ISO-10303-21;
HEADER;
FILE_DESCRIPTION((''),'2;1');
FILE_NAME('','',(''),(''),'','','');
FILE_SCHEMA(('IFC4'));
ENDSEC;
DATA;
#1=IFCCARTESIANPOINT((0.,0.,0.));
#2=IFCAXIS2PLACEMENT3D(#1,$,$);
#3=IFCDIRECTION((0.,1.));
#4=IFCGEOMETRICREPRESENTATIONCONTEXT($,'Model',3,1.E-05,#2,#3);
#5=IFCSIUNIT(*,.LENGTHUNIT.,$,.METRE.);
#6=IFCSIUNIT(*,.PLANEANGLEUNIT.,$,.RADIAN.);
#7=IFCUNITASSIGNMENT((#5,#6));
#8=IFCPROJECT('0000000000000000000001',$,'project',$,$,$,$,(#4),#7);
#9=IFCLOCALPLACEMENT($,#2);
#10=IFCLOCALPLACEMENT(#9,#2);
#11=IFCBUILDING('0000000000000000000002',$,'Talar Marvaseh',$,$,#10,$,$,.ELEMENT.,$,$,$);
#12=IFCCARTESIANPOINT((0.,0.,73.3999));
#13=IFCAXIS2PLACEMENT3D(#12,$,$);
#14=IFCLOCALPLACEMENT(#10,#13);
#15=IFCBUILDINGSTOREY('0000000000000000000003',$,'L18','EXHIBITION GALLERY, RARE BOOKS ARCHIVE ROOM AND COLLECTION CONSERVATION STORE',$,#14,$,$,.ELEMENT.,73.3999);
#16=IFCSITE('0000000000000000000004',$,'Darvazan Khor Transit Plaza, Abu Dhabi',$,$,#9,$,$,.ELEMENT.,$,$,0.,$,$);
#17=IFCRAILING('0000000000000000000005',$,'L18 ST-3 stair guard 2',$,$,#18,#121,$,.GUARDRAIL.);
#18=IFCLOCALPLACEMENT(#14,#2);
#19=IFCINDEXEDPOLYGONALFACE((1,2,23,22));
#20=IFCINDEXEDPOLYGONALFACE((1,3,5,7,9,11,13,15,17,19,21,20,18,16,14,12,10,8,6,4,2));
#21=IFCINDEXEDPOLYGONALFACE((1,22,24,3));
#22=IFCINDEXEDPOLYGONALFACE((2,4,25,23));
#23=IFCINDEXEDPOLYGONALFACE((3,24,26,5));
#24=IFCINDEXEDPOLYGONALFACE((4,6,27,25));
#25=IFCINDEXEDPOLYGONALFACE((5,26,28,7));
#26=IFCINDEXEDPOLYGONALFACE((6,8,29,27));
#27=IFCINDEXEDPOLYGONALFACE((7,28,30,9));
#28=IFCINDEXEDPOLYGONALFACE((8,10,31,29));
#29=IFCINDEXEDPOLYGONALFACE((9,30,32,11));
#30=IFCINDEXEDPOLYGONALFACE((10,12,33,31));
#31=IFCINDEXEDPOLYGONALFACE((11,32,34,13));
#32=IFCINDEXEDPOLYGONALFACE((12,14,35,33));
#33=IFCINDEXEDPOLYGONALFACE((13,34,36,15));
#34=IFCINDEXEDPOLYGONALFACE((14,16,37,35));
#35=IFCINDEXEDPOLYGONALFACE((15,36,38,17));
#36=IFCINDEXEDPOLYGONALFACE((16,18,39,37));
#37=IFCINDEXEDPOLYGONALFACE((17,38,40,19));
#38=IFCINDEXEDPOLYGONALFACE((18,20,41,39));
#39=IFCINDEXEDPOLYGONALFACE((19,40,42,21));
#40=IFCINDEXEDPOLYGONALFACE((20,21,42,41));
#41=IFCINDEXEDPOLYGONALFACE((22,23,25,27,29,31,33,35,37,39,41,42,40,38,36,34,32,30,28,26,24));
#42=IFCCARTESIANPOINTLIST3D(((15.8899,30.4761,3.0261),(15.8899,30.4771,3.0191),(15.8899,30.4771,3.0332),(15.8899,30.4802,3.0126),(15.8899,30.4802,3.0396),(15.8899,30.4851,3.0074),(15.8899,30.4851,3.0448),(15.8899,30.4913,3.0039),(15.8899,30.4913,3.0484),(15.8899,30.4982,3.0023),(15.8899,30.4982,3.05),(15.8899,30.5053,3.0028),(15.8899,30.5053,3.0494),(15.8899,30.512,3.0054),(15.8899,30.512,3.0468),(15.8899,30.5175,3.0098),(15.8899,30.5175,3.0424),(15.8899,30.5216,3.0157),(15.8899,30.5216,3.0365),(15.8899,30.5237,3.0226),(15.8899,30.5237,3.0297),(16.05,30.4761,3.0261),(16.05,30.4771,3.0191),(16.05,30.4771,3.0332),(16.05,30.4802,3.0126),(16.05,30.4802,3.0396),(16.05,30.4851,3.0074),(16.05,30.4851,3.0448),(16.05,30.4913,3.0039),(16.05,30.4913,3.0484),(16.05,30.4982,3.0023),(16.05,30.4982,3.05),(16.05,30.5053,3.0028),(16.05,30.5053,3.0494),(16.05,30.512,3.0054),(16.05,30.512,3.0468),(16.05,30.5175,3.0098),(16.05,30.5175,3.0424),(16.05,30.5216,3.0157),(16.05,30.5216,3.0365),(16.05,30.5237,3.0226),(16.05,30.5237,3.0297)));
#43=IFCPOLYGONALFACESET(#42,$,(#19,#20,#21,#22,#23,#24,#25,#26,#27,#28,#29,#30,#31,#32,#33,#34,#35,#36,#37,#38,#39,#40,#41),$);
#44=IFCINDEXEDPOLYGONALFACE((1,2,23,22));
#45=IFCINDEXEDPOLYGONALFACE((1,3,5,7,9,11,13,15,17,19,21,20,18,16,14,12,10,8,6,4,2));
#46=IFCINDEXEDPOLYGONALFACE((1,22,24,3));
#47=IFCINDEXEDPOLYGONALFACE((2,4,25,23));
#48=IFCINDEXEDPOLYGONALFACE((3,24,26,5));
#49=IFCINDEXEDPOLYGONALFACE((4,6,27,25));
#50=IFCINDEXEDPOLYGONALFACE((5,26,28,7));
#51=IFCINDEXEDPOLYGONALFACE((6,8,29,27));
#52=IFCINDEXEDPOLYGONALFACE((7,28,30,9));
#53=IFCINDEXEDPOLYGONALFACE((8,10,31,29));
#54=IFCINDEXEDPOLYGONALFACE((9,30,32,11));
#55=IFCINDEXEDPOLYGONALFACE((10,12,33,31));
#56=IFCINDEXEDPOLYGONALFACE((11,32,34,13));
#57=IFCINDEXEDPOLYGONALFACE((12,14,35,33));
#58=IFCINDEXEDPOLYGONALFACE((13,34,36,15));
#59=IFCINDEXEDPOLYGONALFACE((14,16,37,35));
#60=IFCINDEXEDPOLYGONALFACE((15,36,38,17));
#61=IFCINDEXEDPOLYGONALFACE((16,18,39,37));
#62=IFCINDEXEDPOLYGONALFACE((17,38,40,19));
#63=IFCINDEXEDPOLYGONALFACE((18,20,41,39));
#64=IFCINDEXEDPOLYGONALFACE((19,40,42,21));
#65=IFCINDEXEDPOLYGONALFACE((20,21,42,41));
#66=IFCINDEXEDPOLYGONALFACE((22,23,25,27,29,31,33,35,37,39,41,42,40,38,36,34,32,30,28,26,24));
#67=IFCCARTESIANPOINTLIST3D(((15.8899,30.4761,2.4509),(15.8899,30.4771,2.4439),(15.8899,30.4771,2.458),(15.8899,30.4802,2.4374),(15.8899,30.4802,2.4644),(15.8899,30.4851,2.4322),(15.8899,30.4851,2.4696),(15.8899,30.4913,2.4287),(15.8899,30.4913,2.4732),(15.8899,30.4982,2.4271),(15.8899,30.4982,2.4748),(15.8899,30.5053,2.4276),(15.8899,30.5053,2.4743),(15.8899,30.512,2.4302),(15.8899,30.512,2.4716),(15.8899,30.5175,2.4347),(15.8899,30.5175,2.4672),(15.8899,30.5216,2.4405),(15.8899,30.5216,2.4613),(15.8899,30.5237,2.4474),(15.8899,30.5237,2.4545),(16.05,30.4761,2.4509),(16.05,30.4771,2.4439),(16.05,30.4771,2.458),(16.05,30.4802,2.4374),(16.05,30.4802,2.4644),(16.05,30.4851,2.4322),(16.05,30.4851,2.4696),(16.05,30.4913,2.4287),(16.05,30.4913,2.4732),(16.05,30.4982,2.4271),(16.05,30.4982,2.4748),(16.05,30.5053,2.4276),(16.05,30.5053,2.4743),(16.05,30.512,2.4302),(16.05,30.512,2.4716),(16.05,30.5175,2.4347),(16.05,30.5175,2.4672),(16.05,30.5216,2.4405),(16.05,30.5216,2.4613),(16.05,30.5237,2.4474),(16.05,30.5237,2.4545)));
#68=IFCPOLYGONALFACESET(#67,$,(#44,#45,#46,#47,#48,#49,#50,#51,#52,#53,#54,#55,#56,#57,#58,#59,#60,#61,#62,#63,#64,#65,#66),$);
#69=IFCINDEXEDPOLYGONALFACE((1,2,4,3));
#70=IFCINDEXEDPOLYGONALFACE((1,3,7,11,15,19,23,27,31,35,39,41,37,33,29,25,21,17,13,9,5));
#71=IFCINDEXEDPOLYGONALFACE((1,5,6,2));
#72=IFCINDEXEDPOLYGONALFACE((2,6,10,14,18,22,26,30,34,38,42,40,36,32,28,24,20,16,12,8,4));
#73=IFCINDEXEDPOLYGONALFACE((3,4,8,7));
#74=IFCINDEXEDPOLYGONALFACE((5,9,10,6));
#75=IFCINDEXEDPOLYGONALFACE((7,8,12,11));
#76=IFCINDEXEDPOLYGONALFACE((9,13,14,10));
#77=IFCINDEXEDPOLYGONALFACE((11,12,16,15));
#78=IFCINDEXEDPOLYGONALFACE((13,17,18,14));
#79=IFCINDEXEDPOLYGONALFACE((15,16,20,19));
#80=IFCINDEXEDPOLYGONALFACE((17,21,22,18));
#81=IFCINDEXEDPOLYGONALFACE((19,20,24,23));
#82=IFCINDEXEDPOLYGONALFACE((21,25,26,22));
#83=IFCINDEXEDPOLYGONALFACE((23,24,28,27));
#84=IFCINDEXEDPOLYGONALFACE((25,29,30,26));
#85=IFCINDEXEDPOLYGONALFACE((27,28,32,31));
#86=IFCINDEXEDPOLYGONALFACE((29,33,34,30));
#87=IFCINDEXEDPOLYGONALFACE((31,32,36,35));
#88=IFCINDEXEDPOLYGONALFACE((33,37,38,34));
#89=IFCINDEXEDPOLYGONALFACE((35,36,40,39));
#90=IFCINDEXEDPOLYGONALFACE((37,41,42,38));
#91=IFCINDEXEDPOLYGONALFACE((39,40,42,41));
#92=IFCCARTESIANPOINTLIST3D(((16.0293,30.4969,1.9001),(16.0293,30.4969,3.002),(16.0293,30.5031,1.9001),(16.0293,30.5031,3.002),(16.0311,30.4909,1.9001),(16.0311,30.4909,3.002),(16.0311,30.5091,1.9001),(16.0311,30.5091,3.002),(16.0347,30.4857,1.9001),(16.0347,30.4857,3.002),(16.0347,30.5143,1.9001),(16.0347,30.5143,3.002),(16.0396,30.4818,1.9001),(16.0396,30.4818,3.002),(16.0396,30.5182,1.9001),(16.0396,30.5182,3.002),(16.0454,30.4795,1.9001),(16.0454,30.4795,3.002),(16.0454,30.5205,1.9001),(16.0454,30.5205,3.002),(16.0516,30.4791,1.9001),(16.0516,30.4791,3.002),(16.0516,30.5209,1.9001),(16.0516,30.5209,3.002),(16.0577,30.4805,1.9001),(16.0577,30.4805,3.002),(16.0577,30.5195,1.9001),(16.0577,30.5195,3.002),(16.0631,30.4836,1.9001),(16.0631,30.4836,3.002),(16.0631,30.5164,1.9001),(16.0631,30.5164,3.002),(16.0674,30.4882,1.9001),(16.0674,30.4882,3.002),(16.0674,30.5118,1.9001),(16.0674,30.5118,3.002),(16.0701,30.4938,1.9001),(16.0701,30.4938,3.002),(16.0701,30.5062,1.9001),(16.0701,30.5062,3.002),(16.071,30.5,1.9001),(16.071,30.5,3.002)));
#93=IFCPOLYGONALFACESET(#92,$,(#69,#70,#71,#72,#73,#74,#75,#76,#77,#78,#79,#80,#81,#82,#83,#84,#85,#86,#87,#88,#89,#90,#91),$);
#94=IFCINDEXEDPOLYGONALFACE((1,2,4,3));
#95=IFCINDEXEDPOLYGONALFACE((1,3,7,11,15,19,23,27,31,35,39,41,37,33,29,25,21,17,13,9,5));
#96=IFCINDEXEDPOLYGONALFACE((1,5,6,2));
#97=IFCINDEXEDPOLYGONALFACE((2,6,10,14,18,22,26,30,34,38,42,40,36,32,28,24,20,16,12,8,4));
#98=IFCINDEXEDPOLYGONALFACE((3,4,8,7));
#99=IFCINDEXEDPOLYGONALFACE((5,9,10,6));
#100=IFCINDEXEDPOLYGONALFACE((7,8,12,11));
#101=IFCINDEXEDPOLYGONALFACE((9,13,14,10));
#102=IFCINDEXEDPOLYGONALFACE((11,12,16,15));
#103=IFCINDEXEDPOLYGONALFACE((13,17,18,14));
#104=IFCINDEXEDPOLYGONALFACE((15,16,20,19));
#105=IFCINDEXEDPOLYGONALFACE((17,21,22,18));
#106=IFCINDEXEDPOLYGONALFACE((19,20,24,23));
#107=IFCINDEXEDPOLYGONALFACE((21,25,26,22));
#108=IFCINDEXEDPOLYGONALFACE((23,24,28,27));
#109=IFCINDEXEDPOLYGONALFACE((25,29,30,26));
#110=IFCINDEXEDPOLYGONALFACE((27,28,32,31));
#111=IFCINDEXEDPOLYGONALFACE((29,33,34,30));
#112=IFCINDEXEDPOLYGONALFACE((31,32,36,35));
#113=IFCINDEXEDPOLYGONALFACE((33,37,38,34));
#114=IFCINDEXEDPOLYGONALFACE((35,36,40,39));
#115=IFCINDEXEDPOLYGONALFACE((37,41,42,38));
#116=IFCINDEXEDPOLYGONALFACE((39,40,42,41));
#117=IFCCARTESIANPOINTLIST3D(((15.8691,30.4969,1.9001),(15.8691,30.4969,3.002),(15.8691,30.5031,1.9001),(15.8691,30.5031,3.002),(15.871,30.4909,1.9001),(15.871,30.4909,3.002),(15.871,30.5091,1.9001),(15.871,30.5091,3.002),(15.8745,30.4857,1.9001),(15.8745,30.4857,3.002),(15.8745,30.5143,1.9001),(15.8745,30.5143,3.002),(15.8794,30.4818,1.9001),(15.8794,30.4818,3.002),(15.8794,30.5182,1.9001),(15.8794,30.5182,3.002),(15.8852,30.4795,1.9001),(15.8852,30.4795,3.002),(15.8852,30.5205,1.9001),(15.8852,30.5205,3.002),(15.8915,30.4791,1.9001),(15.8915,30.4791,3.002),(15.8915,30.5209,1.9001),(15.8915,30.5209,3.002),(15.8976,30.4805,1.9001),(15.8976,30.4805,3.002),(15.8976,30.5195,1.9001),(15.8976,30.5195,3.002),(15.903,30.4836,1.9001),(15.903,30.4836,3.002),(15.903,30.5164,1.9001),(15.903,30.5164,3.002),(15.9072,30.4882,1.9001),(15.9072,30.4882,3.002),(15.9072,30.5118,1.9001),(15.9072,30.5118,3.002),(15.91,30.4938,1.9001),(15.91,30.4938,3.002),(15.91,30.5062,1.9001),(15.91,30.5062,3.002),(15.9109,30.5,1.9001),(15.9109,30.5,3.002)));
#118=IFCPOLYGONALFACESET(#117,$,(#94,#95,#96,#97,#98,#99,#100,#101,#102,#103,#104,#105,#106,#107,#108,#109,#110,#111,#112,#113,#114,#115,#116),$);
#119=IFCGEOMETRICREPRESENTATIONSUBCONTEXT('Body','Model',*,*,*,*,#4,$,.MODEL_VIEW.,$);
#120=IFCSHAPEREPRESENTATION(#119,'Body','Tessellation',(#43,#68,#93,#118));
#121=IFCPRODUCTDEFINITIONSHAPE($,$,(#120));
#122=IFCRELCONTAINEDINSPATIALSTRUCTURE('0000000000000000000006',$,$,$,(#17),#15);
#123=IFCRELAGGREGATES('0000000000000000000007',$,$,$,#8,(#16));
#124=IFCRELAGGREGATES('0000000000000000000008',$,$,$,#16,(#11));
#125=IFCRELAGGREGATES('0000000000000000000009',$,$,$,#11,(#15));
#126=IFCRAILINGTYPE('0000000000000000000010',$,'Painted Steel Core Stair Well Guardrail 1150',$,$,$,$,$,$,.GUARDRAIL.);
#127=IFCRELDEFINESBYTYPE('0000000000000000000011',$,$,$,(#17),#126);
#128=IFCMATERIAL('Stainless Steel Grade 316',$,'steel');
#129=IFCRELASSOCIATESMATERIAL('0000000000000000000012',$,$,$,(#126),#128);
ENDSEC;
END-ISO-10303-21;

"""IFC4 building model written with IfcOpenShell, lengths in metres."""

from ifc_helpers import new_model, si_unit, direction, frame, origin, origin_2d, place, context, subcontext, project, spatial, circle, extrude, material, type_object, element, save


model = new_model("IFC4")

# Units and contexts
model_context = context("Model", 3, precision=1e-05, world=origin(), true_north=direction((0.0, 1.0)))
body_context = subcontext(model_context, "Body", "Model", "MODEL_VIEW")
ifc_project = project(units=[si_unit("LENGTHUNIT", "METRE"), si_unit("PLANEANGLEUNIT", "RADIAN")], contexts=[model_context])

# Site, building, storey
site_placement = place(None, origin())
site = spatial("IfcSite", under=ifc_project, at=site_placement, Name="Darvazan Khor Transit Plaza, Abu Dhabi", CompositionType="ELEMENT", RefElevation=0.0)
building_placement = place(site_placement, origin())
building = spatial("IfcBuilding", under=site, at=building_placement, Name="Talar Marvaseh", CompositionType="ELEMENT")
storey_placement = place(building_placement, frame((0.0, 0.0, 73.3999)))
storey = spatial("IfcBuildingStorey", under=building, at=storey_placement, Name="L18", Description="EXHIBITION GALLERY, RARE BOOKS ARCHIVE ROOM AND COLLECTION CONSERVATION STORE", CompositionType="ELEMENT", Elevation=73.3999)

# Railing
ifc_material_1 = material(Name="Stainless Steel Grade 316", Category="steel")
railing_type_1 = type_object("IfcRailingType", Name="Painted Steel Core Stair Well Guardrail 1150", PredefinedType="GUARDRAIL", material=ifc_material_1)
railing_1_placement = place(storey_placement, frame((16.05, 30.5, 1.9001)))
element("IfcRailing", 1, at=railing_1_placement, inside=storey, type_object=railing_type_1, Name="L18 ST-3 stair guard 2", PredefinedType="GUARDRAIL", context=body_context, shape_type="SweptSolid", body=[
    extrude(circle(Radius=0.0239, at=origin_2d()), frame((0.0, 0.0, 1.126), z_axis=(-1.0, 0.0, 0.0), x_axis=(0.0, -1.0, 0.0)), (0.0, 0.0, 1.0), 0.1602),
    extrude(circle(Radius=0.0239, at=origin_2d()), frame((0.0, 0.0, 0.5508), z_axis=(-1.0, 0.0, 0.0), x_axis=(0.0, -1.0, 0.0)), (0.0, 0.0, 1.0), 0.1602),
    extrude(circle(Radius=0.021, at=origin_2d()), origin(), (0.0, 0.0, 1.0), 1.1018),
    extrude(circle(Radius=0.021, at=origin_2d()), frame((-0.1602, 0.0, 0.0)), (0.0, 0.0, 1.0), 1.1018),
])

save(model, "model.ifc")
